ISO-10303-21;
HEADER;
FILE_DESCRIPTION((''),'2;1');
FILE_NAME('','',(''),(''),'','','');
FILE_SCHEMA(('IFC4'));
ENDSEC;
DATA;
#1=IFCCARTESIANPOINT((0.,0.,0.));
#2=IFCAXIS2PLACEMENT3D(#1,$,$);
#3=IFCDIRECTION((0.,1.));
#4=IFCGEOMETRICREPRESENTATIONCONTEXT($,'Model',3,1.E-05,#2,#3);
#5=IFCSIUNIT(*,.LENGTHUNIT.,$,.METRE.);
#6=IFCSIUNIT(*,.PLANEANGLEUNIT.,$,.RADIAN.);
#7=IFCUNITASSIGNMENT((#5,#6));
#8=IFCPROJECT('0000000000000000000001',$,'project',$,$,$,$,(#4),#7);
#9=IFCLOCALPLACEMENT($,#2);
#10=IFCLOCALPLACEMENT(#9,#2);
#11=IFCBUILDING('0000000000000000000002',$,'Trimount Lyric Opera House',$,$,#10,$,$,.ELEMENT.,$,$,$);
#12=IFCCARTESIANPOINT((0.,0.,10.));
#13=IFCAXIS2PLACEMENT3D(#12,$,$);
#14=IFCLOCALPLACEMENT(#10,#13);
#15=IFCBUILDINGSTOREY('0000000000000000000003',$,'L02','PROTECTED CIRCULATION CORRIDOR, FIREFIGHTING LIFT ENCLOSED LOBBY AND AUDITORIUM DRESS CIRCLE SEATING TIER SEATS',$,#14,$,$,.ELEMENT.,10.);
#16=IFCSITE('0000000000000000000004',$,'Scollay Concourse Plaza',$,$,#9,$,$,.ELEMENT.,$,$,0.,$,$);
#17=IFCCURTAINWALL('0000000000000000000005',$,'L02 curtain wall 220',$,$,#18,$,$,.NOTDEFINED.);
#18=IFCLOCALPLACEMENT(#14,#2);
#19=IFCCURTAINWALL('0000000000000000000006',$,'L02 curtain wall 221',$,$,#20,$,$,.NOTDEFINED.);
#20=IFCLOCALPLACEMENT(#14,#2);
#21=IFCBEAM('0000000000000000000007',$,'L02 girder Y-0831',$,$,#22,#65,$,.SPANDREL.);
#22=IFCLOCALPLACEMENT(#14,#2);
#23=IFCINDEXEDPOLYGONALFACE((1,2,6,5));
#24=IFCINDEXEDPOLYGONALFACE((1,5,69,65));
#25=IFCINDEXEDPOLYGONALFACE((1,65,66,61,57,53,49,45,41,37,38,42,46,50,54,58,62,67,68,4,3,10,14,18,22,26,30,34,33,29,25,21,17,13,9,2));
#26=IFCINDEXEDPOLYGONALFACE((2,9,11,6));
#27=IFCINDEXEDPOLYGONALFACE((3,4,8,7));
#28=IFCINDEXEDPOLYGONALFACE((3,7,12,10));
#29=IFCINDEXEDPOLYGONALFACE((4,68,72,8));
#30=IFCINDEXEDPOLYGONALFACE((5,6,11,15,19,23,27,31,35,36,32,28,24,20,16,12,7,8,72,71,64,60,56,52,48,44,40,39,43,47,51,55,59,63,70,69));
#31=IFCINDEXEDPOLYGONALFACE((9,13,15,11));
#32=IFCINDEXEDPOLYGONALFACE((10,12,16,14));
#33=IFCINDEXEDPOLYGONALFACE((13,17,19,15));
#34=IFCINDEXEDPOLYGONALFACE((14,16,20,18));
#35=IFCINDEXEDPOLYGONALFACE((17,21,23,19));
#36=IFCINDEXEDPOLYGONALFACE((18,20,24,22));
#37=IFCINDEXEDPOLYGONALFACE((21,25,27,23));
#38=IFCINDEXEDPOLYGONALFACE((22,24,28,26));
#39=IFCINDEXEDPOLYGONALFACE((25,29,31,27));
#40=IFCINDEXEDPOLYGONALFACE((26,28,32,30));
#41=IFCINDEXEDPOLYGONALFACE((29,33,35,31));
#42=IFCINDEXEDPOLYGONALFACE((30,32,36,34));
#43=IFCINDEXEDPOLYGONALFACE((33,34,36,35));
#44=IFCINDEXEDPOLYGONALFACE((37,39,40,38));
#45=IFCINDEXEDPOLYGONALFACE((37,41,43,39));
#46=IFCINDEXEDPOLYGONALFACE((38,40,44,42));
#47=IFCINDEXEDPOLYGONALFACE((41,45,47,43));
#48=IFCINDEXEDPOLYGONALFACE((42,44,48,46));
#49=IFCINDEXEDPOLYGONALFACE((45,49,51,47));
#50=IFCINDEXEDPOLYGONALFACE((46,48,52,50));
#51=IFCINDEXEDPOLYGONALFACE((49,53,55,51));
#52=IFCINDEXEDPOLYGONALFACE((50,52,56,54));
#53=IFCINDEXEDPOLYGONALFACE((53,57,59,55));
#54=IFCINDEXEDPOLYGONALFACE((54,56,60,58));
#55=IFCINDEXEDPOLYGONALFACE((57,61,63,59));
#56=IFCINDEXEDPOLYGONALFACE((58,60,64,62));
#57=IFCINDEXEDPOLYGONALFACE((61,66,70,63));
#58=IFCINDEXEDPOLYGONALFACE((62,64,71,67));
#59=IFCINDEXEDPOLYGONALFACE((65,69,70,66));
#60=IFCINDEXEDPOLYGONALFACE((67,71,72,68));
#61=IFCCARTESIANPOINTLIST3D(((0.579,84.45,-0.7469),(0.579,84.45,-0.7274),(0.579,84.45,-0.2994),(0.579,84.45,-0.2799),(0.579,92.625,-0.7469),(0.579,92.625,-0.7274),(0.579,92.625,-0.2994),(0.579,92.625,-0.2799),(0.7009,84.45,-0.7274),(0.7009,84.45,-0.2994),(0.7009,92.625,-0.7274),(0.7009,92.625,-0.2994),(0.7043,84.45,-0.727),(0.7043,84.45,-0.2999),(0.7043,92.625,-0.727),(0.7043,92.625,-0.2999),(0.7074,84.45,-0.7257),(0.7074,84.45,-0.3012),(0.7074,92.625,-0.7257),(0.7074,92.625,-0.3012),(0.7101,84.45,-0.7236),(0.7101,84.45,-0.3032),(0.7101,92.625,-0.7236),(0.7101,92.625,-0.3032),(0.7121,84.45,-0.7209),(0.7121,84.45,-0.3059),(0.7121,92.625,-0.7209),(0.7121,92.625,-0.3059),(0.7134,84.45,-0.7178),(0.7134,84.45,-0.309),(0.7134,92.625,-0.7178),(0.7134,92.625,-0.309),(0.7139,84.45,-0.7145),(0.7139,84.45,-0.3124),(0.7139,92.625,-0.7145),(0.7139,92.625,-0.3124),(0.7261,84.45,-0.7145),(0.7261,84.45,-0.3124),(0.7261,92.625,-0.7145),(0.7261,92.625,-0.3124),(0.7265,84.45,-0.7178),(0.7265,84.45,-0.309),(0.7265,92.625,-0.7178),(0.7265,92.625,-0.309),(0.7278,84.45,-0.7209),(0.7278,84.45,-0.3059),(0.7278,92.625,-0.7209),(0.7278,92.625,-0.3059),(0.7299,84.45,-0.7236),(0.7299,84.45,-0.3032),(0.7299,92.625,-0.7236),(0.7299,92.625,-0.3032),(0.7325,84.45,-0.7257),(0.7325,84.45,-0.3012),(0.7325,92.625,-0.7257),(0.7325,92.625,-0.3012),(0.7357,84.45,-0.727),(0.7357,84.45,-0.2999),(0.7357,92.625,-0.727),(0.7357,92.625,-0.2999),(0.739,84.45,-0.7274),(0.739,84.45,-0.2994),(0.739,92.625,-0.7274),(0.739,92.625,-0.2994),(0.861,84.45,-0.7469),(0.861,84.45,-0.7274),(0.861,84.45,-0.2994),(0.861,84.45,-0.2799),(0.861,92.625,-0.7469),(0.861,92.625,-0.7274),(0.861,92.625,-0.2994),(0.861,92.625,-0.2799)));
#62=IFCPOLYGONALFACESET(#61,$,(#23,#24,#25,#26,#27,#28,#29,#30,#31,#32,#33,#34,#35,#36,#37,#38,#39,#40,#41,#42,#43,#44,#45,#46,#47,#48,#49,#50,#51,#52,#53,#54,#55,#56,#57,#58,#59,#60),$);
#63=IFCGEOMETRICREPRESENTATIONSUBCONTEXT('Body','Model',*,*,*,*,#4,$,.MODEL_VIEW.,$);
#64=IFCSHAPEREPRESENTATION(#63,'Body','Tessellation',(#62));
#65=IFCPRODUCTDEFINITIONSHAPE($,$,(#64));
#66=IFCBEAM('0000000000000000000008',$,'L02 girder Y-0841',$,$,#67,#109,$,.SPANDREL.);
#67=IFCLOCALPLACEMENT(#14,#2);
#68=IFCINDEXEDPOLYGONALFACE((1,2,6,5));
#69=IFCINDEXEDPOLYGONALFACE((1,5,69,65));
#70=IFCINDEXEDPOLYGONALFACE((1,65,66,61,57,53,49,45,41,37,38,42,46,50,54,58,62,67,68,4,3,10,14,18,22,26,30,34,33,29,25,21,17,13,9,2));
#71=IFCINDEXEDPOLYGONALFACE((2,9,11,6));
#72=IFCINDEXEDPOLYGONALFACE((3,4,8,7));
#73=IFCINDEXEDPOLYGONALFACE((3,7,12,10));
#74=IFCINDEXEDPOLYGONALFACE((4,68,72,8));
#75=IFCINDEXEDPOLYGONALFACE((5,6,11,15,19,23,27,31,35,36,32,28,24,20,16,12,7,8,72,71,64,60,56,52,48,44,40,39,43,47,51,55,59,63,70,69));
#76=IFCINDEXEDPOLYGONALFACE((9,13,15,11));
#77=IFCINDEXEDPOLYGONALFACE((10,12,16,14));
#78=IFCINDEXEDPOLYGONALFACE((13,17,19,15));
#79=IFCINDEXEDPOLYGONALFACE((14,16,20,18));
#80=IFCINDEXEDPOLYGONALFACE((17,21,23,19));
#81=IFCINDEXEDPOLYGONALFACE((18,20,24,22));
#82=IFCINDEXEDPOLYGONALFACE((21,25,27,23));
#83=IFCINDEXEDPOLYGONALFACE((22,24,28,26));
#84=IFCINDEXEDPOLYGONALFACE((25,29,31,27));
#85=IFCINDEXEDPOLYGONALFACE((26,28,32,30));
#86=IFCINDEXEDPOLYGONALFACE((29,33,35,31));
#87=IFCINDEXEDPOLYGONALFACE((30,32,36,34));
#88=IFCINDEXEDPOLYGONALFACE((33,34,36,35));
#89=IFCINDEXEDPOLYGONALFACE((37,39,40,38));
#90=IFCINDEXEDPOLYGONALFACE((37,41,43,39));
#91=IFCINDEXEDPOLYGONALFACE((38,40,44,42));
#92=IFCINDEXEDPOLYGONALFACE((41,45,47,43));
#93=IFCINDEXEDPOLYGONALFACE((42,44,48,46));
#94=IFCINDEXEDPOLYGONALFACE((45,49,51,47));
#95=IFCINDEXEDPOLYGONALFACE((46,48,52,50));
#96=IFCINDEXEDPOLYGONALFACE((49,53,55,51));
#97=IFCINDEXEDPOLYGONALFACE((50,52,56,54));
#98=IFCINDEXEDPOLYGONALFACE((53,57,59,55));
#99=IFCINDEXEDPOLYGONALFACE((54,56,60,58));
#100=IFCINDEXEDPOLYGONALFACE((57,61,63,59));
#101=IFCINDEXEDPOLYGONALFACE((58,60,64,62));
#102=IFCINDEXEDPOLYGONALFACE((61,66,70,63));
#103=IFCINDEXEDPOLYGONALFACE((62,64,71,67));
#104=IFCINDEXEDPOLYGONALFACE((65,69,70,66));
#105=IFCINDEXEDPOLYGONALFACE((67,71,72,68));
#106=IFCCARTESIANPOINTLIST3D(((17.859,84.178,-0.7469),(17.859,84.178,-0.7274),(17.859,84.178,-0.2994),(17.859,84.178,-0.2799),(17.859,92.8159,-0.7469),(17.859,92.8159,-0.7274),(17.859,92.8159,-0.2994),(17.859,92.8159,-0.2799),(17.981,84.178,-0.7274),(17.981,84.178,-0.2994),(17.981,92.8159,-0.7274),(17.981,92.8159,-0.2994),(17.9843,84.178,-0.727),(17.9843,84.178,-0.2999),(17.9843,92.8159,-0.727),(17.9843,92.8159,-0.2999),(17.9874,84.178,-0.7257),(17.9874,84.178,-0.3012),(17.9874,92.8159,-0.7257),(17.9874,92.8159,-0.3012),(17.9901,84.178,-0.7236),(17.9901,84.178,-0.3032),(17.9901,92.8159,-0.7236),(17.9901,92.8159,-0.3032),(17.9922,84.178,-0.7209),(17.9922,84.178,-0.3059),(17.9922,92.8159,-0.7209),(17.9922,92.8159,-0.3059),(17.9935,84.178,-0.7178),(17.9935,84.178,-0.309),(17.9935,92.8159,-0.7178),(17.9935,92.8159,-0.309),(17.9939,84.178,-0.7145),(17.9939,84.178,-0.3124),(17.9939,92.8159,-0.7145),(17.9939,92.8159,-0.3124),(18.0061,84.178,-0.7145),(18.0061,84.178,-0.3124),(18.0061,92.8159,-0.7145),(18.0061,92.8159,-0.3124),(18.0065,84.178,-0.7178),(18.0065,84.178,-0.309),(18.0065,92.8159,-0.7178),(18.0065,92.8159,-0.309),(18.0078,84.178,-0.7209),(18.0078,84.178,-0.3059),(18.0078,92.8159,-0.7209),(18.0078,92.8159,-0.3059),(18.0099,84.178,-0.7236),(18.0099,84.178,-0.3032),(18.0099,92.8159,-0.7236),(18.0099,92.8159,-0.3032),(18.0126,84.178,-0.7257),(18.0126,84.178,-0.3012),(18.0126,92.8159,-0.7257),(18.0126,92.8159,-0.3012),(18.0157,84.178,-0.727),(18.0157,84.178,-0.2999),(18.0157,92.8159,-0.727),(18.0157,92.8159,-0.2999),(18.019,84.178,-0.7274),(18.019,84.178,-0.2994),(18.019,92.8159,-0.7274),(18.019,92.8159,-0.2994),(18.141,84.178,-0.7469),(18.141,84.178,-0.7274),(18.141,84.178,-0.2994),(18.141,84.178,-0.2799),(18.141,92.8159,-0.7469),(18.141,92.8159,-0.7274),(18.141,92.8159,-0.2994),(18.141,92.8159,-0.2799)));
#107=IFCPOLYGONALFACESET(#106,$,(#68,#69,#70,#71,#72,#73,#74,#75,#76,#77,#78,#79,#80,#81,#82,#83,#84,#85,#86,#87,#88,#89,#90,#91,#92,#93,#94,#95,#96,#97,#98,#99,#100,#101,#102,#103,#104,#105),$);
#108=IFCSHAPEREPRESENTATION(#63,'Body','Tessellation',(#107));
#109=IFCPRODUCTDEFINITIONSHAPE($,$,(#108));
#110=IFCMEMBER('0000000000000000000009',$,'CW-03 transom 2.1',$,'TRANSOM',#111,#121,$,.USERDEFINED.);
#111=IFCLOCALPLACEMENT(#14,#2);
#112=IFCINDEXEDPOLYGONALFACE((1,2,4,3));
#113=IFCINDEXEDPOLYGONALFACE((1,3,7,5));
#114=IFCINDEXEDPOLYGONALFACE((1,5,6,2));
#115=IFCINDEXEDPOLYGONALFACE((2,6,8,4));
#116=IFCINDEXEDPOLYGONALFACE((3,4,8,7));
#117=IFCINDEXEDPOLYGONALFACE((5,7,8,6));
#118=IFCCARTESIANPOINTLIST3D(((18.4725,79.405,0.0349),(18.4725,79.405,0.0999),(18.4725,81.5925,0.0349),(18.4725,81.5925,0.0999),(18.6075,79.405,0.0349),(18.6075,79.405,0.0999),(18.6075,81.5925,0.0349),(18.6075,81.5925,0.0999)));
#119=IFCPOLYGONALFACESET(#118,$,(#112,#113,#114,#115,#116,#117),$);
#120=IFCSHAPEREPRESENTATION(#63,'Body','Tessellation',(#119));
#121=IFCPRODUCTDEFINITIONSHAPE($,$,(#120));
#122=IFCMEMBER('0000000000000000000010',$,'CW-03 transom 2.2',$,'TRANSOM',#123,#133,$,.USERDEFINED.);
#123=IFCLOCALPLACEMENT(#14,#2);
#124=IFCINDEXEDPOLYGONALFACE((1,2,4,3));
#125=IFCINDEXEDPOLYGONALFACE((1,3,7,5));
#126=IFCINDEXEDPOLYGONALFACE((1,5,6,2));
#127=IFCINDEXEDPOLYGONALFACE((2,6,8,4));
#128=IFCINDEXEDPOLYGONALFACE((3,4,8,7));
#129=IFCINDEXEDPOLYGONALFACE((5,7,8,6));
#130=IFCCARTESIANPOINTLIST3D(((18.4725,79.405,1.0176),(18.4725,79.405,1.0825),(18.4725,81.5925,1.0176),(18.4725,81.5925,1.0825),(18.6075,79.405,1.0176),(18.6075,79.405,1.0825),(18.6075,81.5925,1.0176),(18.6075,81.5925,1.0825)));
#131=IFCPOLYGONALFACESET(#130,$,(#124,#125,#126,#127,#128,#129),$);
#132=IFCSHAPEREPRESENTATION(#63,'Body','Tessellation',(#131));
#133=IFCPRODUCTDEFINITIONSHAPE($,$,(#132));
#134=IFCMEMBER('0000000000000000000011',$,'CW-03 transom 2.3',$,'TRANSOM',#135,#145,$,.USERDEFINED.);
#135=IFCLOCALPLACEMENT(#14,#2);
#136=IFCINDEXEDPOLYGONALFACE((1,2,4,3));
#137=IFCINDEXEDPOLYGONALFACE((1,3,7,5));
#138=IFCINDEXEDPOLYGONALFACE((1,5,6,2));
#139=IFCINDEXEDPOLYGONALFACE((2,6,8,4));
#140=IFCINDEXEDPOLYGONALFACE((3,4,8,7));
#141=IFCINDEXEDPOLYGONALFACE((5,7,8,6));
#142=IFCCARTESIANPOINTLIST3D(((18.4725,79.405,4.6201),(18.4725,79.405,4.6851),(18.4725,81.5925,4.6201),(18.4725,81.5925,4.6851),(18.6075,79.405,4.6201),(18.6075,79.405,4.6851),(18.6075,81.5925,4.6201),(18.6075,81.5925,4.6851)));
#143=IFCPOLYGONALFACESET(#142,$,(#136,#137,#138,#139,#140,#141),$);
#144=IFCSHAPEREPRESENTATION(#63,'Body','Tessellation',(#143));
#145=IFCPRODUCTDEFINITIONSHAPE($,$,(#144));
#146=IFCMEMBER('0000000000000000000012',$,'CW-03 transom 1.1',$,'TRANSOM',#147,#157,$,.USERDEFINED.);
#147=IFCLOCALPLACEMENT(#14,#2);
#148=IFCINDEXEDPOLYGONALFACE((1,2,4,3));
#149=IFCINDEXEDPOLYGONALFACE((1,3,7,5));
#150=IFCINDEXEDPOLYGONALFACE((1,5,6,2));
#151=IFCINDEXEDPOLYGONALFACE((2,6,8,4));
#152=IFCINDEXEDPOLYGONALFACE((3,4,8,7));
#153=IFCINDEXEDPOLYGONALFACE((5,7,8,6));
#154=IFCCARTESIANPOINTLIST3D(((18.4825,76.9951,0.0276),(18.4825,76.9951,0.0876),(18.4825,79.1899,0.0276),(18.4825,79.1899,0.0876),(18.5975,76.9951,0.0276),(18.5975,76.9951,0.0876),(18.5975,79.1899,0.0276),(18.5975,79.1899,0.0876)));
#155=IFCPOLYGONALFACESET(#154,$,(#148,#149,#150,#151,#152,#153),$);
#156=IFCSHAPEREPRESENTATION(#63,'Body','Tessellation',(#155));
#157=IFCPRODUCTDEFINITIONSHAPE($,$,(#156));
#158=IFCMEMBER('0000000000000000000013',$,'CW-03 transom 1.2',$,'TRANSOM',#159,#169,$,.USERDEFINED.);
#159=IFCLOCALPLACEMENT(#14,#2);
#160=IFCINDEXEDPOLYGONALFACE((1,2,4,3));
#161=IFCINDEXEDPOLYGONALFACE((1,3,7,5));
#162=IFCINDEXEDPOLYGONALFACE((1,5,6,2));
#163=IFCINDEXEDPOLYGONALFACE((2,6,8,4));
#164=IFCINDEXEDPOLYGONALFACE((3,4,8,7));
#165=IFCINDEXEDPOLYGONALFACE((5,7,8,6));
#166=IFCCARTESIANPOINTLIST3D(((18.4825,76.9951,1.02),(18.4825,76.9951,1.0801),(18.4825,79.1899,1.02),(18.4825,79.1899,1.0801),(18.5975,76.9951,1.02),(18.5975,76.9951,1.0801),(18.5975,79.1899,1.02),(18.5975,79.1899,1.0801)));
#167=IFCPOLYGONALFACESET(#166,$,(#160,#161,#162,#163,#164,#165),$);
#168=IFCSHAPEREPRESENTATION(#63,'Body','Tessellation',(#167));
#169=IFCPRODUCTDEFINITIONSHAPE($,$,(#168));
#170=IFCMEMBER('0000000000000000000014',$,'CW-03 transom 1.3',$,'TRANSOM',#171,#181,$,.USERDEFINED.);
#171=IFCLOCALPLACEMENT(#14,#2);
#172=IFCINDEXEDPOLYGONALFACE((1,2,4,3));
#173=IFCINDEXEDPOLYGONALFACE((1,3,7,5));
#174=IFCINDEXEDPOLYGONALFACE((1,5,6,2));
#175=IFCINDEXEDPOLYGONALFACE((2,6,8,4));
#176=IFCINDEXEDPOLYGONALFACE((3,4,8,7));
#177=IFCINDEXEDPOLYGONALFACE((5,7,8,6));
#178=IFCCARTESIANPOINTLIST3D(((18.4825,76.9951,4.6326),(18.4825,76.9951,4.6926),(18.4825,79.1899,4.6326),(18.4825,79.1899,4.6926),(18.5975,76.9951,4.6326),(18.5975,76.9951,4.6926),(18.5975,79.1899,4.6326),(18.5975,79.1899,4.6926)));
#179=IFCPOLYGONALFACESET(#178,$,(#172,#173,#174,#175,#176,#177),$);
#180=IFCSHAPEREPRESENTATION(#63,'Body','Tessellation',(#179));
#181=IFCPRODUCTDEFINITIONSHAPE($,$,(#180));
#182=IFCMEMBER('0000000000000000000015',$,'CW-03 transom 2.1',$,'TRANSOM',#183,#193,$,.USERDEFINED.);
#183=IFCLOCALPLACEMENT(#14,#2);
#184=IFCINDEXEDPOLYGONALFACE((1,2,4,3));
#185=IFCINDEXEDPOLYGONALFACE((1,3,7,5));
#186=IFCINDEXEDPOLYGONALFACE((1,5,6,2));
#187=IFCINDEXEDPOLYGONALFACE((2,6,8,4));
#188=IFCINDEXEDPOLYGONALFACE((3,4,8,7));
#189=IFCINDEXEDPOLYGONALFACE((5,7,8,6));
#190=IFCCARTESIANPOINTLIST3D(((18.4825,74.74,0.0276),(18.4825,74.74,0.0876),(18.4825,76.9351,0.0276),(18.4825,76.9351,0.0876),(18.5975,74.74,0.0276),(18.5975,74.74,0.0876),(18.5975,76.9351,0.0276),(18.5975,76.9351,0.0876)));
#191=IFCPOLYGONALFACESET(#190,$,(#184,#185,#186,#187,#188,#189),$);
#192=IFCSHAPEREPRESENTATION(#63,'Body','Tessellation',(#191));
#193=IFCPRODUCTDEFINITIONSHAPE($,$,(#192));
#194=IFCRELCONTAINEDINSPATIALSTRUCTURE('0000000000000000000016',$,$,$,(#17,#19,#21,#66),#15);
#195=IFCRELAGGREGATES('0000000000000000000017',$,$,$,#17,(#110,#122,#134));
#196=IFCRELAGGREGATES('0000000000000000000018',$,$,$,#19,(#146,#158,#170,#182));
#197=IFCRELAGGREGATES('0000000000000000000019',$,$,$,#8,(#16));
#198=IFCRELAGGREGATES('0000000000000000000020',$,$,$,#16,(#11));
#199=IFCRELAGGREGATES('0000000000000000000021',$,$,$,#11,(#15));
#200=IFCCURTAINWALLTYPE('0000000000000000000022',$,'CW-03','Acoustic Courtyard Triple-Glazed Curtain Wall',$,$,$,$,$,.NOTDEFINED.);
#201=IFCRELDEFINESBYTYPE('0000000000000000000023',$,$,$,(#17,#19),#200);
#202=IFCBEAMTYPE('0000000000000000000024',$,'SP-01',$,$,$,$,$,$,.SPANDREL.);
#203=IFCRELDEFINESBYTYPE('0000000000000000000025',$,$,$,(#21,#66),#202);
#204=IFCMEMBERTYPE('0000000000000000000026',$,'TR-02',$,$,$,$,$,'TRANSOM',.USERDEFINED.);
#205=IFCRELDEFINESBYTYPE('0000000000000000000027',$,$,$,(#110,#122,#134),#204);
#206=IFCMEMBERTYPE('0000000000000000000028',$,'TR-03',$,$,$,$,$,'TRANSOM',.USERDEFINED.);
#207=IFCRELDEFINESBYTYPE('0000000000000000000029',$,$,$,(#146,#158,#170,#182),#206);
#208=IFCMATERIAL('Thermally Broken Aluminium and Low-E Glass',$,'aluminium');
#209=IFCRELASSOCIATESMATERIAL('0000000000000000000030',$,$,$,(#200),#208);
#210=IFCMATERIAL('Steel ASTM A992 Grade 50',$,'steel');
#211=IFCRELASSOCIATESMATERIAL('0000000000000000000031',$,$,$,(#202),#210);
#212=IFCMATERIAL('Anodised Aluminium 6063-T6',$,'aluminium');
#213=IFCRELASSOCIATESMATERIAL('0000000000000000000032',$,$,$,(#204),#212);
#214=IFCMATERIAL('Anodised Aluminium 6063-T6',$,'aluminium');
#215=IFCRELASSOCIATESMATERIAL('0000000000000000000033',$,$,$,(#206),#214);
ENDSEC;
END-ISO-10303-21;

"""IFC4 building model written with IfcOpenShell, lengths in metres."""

from ifc_helpers import new_model, si_unit, direction, frame, origin, origin_2d, place, context, subcontext, project, spatial, rectangle, i_section, extrude, material, material_profile, profile_set, type_object, element, aggregate, save


model = new_model("IFC4")

# Units and contexts
model_context = context("Model", 3, precision=1e-05, world=origin(), true_north=direction((0.0, 1.0)))
body_context = subcontext(model_context, "Body", "Model", "MODEL_VIEW")
ifc_project = project(units=[si_unit("LENGTHUNIT", "METRE"), si_unit("PLANEANGLEUNIT", "RADIAN")], contexts=[model_context])

# Site, building, storey
site_placement = place(None, origin())
site = spatial("IfcSite", under=ifc_project, at=site_placement, Name="Scollay Concourse Plaza", CompositionType="ELEMENT", RefElevation=0.0)
building_placement = place(site_placement, origin())
building = spatial("IfcBuilding", under=site, at=building_placement, Name="Trimount Lyric Opera House", CompositionType="ELEMENT")
storey_placement = place(building_placement, frame((0.0, 0.0, 10.0)))
storey = spatial("IfcBuildingStorey", under=building, at=storey_placement, Name="L02", Description="PROTECTED CIRCULATION CORRIDOR, FIREFIGHTING LIFT ENCLOSED LOBBY AND AUDITORIUM DRESS CIRCLE SEATING TIER SEATS", CompositionType="ELEMENT", Elevation=10.0)

# Curtain wall
ifc_material_1 = material(Name="Thermally Broken Aluminium and Low-E Glass", Category="aluminium")
curtain_wall_type = type_object("IfcCurtainWallType", Name="CW-03", Description="Acoustic Courtyard Triple-Glazed Curtain Wall", PredefinedType="NOTDEFINED", material=ifc_material_1)
curtain_wall_1_placement = place(storey_placement, origin())
curtain_wall_1 = element("IfcCurtainWall", 1, at=curtain_wall_1_placement, inside=storey, type_object=curtain_wall_type, Name="L02 curtain wall 220", PredefinedType="NOTDEFINED")

# Curtain wall
curtain_wall_2_placement = place(storey_placement, origin())
curtain_wall_2 = element("IfcCurtainWall", 2, at=curtain_wall_2_placement, inside=storey, type_object=curtain_wall_type, Name="L02 curtain wall 221", PredefinedType="NOTDEFINED")

# Beams
ifc_material_2 = material(Name="Steel ASTM A992 Grade 50", Category="steel")
ifc_material_profile_1 = material_profile(ifc_material_2, i_section(OverallWidth=0.282, OverallDepth=0.467, WebThickness=0.0122, FlangeThickness=0.0195, FilletRadius=0.0129, at=origin_2d()), Name="W18X86")
ifc_profile_set_1 = profile_set([ifc_material_profile_1], Name="Steel ASTM A992 Grade 50")
beam_type_1 = type_object("IfcBeamType", Name="SP-01", PredefinedType="SPANDREL", material=ifc_profile_set_1)
beam_1_placement = place(storey_placement, frame((0.72, 84.45, -0.5134), z_axis=(0.0, 1.0, 0.0), x_axis=(-1.0, 0.0, 0.0)))
element("IfcBeam", 3, at=beam_1_placement, inside=storey, type_object=beam_type_1, Name="L02 girder Y-0831", PredefinedType="SPANDREL", context=body_context, shape_type="SweptSolid", body=[
    extrude(i_section(OverallWidth=0.282, OverallDepth=0.467, WebThickness=0.0122, FlangeThickness=0.0195, FilletRadius=0.0129, at=origin_2d()), origin(), (0.0, 0.0, 1.0), 8.175),
])
beam_2_placement = place(storey_placement, frame((18.0, 84.178, -0.5134), z_axis=(0.0, 1.0, 0.0), x_axis=(-1.0, 0.0, 0.0)))
element("IfcBeam", 4, at=beam_2_placement, inside=storey, type_object=beam_type_1, Name="L02 girder Y-0841", PredefinedType="SPANDREL", context=body_context, shape_type="SweptSolid", body=[
    extrude(i_section(OverallWidth=0.282, OverallDepth=0.467, WebThickness=0.0122, FlangeThickness=0.0195, FilletRadius=0.0129, at=origin_2d()), origin(), (0.0, 0.0, 1.0), 8.6379),
])

# Members
ifc_material_3 = material(Name="Anodised Aluminium 6063-T6", Category="aluminium")
ifc_material_profile_2 = material_profile(ifc_material_3, rectangle(XDim=0.135, YDim=0.0649, at=origin_2d()), Name="ALU-TRAN-65X135")
ifc_profile_set_2 = profile_set([ifc_material_profile_2], Name="Anodised Aluminium 6063-T6")
member_type_1 = type_object("IfcMemberType", Name="TR-02", ElementType="TRANSOM", PredefinedType="USERDEFINED", material=ifc_profile_set_2)
member_1_placement = place(storey_placement, frame((18.54, 81.5925, 0.0674), z_axis=(0.0, -1.0, 0.0), x_axis=(1.0, 0.0, 0.0)))
member_1 = element("IfcMember", 5, at=member_1_placement, type_object=member_type_1, Name="CW-03 transom 2.1", ObjectType="TRANSOM", PredefinedType="USERDEFINED", context=body_context, shape_type="SweptSolid", body=[
    extrude(rectangle(XDim=0.135, YDim=0.0649, at=origin_2d()), origin(), (0.0, 0.0, 1.0), 2.1875),
])
member_2_placement = place(storey_placement, frame((18.54, 81.5925, 1.05), z_axis=(0.0, -1.0, 0.0), x_axis=(1.0, 0.0, 0.0)))
member_2 = element("IfcMember", 6, at=member_2_placement, type_object=member_type_1, Name="CW-03 transom 2.2", ObjectType="TRANSOM", PredefinedType="USERDEFINED", context=body_context, shape_type="SweptSolid", body=[
    extrude(rectangle(XDim=0.135, YDim=0.0649, at=origin_2d()), origin(), (0.0, 0.0, 1.0), 2.1875),
])
member_3_placement = place(storey_placement, frame((18.54, 81.5925, 4.6526), z_axis=(0.0, -1.0, 0.0), x_axis=(1.0, 0.0, 0.0)))
member_3 = element("IfcMember", 7, at=member_3_placement, type_object=member_type_1, Name="CW-03 transom 2.3", ObjectType="TRANSOM", PredefinedType="USERDEFINED", context=body_context, shape_type="SweptSolid", body=[
    extrude(rectangle(XDim=0.135, YDim=0.0649, at=origin_2d()), origin(), (0.0, 0.0, 1.0), 2.1875),
])
ifc_material_4 = material(Name="Anodised Aluminium 6063-T6", Category="aluminium")
ifc_material_profile_3 = material_profile(ifc_material_4, rectangle(XDim=0.115, YDim=0.0601, at=origin_2d()), Name="ALU-TRAN-60X115")
ifc_profile_set_3 = profile_set([ifc_material_profile_3], Name="Anodised Aluminium 6063-T6")
member_type_2 = type_object("IfcMemberType", Name="TR-03", ElementType="TRANSOM", PredefinedType="USERDEFINED", material=ifc_profile_set_3)
member_4_placement = place(storey_placement, frame((18.54, 79.1899, 0.0576), z_axis=(0.0, -1.0, 0.0), x_axis=(1.0, 0.0, 0.0)))
member_4 = element("IfcMember", 8, at=member_4_placement, type_object=member_type_2, Name="CW-03 transom 1.1", ObjectType="TRANSOM", PredefinedType="USERDEFINED", context=body_context, shape_type="SweptSolid", body=[
    extrude(rectangle(XDim=0.115, YDim=0.0601, at=origin_2d()), origin(), (0.0, 0.0, 1.0), 2.1948),
])
member_5_placement = place(storey_placement, frame((18.54, 79.1899, 1.05), z_axis=(0.0, -1.0, 0.0), x_axis=(1.0, 0.0, 0.0)))
member_5 = element("IfcMember", 9, at=member_5_placement, type_object=member_type_2, Name="CW-03 transom 1.2", ObjectType="TRANSOM", PredefinedType="USERDEFINED", context=body_context, shape_type="SweptSolid", body=[
    extrude(rectangle(XDim=0.115, YDim=0.0601, at=origin_2d()), origin(), (0.0, 0.0, 1.0), 2.1948),
])
member_6_placement = place(storey_placement, frame((18.54, 79.1899, 4.6626), z_axis=(0.0, -1.0, 0.0), x_axis=(1.0, 0.0, 0.0)))
member_6 = element("IfcMember", 10, at=member_6_placement, type_object=member_type_2, Name="CW-03 transom 1.3", ObjectType="TRANSOM", PredefinedType="USERDEFINED", context=body_context, shape_type="SweptSolid", body=[
    extrude(rectangle(XDim=0.115, YDim=0.0601, at=origin_2d()), origin(), (0.0, 0.0, 1.0), 2.1948),
])
member_7_placement = place(storey_placement, frame((18.54, 76.9351, 0.0576), z_axis=(0.0, -1.0, 0.0), x_axis=(1.0, 0.0, 0.0)))
member_7 = element("IfcMember", 11, at=member_7_placement, type_object=member_type_2, Name="CW-03 transom 2.1", ObjectType="TRANSOM", PredefinedType="USERDEFINED", context=body_context, shape_type="SweptSolid", body=[
    extrude(rectangle(XDim=0.115, YDim=0.0601, at=origin_2d()), origin(), (0.0, 0.0, 1.0), 2.1951),
])

aggregate(curtain_wall_1, [member_1, member_2, member_3])
aggregate(curtain_wall_2, [member_4, member_5, member_6, member_7])

save(model, "model.ifc")
